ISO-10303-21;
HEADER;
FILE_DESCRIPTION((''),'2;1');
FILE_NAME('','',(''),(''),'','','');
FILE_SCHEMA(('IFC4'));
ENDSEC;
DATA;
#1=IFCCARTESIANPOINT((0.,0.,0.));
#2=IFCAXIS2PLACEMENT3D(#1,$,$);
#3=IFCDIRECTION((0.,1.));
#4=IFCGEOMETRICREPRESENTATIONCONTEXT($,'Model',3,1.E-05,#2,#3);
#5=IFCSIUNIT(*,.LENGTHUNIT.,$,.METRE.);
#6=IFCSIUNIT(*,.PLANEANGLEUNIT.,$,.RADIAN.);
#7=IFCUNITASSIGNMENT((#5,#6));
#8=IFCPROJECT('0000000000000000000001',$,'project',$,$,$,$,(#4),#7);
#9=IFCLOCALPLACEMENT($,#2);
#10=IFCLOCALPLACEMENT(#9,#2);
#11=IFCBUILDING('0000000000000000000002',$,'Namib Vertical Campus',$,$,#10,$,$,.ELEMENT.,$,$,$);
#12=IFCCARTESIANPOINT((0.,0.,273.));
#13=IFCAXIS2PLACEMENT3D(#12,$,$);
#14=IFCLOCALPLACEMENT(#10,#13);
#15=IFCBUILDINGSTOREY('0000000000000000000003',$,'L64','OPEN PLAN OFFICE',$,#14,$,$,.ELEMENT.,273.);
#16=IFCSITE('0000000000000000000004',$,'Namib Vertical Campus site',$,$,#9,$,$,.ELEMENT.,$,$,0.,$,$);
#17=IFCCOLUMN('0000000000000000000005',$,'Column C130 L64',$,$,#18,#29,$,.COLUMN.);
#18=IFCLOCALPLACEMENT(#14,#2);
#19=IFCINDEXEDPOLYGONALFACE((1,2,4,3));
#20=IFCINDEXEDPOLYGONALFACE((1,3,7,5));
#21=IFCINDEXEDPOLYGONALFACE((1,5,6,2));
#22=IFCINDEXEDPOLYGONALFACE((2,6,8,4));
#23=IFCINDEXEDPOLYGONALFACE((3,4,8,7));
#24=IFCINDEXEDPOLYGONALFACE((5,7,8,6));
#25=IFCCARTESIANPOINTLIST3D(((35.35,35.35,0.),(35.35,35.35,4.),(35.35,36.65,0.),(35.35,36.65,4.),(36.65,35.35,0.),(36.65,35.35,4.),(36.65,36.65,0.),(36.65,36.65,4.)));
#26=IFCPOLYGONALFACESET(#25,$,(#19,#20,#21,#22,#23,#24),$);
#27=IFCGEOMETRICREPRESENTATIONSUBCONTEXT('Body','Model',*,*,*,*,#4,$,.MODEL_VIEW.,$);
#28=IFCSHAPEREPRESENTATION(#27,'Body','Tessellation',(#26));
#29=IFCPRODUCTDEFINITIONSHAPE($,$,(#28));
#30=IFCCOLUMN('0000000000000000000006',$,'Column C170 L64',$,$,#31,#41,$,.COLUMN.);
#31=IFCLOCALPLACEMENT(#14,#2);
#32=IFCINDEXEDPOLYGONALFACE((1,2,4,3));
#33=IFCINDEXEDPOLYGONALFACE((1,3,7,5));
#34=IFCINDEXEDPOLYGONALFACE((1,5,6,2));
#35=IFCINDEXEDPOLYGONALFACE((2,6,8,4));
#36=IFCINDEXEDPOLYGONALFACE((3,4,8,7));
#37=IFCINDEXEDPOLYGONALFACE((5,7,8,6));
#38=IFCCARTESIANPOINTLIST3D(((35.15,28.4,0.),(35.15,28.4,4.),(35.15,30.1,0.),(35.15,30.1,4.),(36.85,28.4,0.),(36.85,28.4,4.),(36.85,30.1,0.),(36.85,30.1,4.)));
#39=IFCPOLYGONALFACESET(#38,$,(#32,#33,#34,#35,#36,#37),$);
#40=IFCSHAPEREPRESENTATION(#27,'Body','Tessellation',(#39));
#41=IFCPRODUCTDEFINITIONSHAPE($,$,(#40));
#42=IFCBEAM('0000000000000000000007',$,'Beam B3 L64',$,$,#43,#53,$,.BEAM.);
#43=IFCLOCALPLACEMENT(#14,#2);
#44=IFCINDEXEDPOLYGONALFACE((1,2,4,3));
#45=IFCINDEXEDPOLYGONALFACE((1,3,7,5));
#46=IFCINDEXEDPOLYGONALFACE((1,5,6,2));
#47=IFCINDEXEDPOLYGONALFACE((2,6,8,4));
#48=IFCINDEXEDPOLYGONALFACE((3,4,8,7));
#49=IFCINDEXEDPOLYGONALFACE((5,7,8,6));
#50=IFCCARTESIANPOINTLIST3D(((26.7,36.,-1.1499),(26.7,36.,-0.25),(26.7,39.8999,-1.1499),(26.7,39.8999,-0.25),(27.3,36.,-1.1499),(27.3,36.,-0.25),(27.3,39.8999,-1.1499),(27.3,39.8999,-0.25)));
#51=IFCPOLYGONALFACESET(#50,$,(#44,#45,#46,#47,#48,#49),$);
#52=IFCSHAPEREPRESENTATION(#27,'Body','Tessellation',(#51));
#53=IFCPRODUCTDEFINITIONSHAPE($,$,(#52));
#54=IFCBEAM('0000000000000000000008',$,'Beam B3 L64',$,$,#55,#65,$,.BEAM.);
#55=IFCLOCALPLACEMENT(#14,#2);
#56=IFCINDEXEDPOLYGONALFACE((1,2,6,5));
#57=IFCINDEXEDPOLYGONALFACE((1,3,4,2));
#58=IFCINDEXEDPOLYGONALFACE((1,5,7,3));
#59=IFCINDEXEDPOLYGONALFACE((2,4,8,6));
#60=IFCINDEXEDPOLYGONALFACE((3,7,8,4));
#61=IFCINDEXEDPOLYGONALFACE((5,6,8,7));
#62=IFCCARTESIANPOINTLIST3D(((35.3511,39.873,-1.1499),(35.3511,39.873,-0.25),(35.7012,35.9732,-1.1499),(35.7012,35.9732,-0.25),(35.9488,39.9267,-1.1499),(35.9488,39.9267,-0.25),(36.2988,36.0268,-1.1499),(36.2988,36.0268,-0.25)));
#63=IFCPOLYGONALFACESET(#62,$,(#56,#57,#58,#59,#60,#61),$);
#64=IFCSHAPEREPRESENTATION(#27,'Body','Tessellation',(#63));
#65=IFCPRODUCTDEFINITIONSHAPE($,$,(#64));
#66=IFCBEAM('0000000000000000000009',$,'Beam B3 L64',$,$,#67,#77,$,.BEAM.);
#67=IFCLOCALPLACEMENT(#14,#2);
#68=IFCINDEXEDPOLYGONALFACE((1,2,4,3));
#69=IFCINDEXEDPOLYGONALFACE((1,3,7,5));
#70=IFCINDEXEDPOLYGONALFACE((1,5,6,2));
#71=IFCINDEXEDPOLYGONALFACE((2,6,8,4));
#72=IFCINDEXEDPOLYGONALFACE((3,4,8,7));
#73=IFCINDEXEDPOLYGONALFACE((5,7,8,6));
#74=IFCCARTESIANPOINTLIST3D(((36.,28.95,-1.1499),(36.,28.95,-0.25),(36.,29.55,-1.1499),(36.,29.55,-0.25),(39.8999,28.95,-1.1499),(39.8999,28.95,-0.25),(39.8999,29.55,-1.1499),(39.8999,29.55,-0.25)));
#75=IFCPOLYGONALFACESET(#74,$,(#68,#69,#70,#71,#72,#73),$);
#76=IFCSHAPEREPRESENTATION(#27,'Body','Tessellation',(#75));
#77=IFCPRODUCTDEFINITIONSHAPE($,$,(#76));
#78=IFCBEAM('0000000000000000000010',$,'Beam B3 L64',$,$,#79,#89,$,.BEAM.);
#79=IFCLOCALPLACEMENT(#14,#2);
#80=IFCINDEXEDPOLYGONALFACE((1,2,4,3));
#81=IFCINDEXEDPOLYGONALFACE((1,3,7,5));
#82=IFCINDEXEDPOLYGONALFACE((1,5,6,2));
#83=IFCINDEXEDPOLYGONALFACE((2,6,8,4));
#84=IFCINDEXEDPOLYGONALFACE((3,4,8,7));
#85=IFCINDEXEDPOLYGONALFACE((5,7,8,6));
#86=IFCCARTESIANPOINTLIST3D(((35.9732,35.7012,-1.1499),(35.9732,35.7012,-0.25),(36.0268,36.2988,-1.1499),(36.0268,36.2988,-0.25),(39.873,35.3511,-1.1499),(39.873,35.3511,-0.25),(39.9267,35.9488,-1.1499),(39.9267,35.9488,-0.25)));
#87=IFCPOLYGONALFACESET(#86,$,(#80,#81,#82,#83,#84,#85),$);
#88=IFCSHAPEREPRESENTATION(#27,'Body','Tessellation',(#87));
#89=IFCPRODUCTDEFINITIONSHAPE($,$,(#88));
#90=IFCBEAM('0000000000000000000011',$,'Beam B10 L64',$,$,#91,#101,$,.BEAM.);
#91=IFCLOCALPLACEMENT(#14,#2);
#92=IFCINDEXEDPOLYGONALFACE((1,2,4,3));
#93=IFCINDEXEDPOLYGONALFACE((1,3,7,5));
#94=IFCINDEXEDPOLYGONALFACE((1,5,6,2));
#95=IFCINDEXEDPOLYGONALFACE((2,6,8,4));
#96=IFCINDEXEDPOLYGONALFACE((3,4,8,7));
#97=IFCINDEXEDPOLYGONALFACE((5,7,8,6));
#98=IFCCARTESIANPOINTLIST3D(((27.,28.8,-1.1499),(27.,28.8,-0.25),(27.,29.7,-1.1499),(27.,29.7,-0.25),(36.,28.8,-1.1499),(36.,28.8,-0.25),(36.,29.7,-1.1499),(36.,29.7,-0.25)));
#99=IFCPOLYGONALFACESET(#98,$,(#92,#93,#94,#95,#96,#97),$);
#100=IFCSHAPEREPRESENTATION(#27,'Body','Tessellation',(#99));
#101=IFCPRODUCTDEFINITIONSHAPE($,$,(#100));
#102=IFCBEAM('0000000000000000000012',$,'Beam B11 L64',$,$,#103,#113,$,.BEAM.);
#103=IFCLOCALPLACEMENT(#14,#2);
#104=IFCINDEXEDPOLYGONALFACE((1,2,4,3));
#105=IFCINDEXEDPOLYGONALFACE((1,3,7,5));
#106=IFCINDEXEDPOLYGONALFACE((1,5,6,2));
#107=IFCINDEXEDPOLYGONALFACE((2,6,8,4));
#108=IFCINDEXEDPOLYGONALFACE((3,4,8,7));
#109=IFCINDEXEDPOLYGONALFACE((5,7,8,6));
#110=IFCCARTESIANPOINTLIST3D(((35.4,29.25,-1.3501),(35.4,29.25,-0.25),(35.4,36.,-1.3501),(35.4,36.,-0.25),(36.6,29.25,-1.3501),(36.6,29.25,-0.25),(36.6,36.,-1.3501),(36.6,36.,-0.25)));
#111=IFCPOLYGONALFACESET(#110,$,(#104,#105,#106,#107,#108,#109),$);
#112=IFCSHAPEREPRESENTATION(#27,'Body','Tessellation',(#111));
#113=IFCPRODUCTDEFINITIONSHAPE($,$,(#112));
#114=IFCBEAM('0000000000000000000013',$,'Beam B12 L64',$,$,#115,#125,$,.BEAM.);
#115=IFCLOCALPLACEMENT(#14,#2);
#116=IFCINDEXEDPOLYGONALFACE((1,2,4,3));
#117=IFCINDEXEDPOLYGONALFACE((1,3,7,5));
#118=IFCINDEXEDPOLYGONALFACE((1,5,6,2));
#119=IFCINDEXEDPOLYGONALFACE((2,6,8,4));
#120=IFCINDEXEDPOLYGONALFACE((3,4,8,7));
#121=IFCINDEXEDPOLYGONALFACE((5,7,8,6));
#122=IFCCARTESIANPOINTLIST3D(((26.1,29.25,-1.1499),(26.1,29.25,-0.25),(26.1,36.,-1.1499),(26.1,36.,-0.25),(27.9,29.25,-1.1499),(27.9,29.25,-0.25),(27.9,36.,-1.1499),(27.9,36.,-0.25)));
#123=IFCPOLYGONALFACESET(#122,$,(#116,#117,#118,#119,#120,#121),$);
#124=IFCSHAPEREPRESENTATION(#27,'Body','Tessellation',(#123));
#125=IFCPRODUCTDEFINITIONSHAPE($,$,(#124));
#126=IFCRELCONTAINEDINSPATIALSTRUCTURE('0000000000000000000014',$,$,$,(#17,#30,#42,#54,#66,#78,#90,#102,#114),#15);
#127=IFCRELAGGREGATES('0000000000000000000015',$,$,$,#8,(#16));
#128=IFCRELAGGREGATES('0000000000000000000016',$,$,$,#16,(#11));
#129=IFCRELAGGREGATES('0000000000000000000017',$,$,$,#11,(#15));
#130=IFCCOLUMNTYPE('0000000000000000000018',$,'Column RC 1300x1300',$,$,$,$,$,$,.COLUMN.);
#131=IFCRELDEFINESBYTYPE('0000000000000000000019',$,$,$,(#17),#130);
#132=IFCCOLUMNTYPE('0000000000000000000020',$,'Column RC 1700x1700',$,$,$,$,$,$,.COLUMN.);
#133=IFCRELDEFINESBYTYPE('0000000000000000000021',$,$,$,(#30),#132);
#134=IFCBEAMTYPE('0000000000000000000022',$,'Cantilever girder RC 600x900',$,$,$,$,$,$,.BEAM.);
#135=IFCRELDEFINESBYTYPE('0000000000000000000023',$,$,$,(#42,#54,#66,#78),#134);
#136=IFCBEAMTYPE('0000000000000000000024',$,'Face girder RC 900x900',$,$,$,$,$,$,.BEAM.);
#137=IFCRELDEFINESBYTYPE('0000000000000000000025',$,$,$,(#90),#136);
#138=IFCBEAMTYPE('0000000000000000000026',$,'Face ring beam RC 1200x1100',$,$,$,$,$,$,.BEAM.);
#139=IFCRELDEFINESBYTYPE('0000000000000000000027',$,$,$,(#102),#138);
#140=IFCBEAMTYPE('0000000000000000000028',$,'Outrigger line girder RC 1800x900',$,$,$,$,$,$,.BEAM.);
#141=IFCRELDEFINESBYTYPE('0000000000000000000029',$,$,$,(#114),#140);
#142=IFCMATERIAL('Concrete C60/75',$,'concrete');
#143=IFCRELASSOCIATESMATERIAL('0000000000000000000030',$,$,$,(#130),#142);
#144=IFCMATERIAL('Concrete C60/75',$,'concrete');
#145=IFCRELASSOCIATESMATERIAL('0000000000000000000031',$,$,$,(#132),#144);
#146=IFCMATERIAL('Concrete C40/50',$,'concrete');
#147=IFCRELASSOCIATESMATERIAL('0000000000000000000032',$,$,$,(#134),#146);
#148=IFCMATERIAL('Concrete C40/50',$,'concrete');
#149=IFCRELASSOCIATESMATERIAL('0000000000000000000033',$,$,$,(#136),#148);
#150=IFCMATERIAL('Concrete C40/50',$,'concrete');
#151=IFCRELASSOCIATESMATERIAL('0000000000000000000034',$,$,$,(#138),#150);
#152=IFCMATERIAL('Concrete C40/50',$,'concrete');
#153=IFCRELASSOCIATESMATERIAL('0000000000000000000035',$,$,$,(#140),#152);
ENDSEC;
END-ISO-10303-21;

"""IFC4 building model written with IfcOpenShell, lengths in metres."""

from ifc_helpers import new_model, si_unit, direction, frame, origin, origin_2d, place, context, subcontext, project, spatial, rectangle, extrude, material, material_profile, profile_set, type_object, element, save


model = new_model("IFC4")

# Units and contexts
model_context = context("Model", 3, precision=1e-05, world=origin(), true_north=direction((0.0, 1.0)))
body_context = subcontext(model_context, "Body", "Model", "MODEL_VIEW")
ifc_project = project(units=[si_unit("LENGTHUNIT", "METRE"), si_unit("PLANEANGLEUNIT", "RADIAN")], contexts=[model_context])

# Site, building, storey
site_placement = place(None, origin())
site = spatial("IfcSite", under=ifc_project, at=site_placement, Name="Namib Vertical Campus site", CompositionType="ELEMENT", RefElevation=0.0)
building_placement = place(site_placement, origin())
building = spatial("IfcBuilding", under=site, at=building_placement, Name="Namib Vertical Campus", CompositionType="ELEMENT")
storey_placement = place(building_placement, frame((0.0, 0.0, 273.0)))
storey = spatial("IfcBuildingStorey", under=building, at=storey_placement, Name="L64", Description="OPEN PLAN OFFICE", CompositionType="ELEMENT", Elevation=273.0)

# Columns
ifc_material_1 = material(Name="Concrete C60/75", Category="concrete")
ifc_material_profile_1 = material_profile(ifc_material_1, rectangle(XDim=1.3, YDim=1.3, at=origin_2d()))
ifc_profile_set_1 = profile_set([ifc_material_profile_1], Name="Concrete C60/75")
column_type_1 = type_object("IfcColumnType", Name="Column RC 1300x1300", PredefinedType="COLUMN", material=ifc_profile_set_1)
column_1_placement = place(storey_placement, frame((36.0, 36.0, 0.0), z_axis=(0.0, 0.0, 1.0), x_axis=(1.0, 0.0, 0.0)))
element("IfcColumn", 1, at=column_1_placement, inside=storey, type_object=column_type_1, Name="Column C130 L64", PredefinedType="COLUMN", context=body_context, shape_type="SweptSolid", body=[
    extrude(rectangle(XDim=1.3, YDim=1.3, at=origin_2d()), origin(), (0.0, 0.0, 1.0), 4.0),
])
ifc_material_2 = material(Name="Concrete C60/75", Category="concrete")
ifc_material_profile_2 = material_profile(ifc_material_2, rectangle(XDim=1.7, YDim=1.7, at=origin_2d()))
ifc_profile_set_2 = profile_set([ifc_material_profile_2], Name="Concrete C60/75")
column_type_2 = type_object("IfcColumnType", Name="Column RC 1700x1700", PredefinedType="COLUMN", material=ifc_profile_set_2)
column_2_placement = place(storey_placement, frame((36.0, 29.25, 0.0), z_axis=(0.0, 0.0, 1.0), x_axis=(1.0, 0.0, 0.0)))
element("IfcColumn", 2, at=column_2_placement, inside=storey, type_object=column_type_2, Name="Column C170 L64", PredefinedType="COLUMN", context=body_context, shape_type="SweptSolid", body=[
    extrude(rectangle(XDim=1.7, YDim=1.7, at=origin_2d()), origin(), (0.0, 0.0, 1.0), 4.0),
])

# Beams
ifc_material_3 = material(Name="Concrete C40/50", Category="concrete")
ifc_material_profile_3 = material_profile(ifc_material_3, rectangle(XDim=0.6001, YDim=0.8999, at=origin_2d()))
ifc_profile_set_3 = profile_set([ifc_material_profile_3], Name="Concrete C40/50")
beam_type_1 = type_object("IfcBeamType", Name="Cantilever girder RC 600x900", PredefinedType="BEAM", material=ifc_profile_set_3)
beam_1_placement = place(storey_placement, frame((27.0, 36.0, -0.7), z_axis=(0.0, 1.0, 0.0), x_axis=(-1.0, 0.0, 0.0)))
element("IfcBeam", 3, at=beam_1_placement, inside=storey, type_object=beam_type_1, Name="Beam B3 L64", PredefinedType="BEAM", context=body_context, shape_type="SweptSolid", body=[
    extrude(rectangle(XDim=0.6001, YDim=0.8999, at=origin_2d()), origin(), (0.0, 0.0, 1.0), 3.8999),
])
beam_2_placement = place(storey_placement, frame((36.0, 36.0, -0.7), z_axis=(-0.089411, 0.995995, 0.0), x_axis=(-0.995995, -0.089411, 0.0)))
element("IfcBeam", 4, at=beam_2_placement, inside=storey, type_object=beam_type_1, Name="Beam B3 L64", PredefinedType="BEAM", context=body_context, shape_type="SweptSolid", body=[
    extrude(rectangle(XDim=0.6001, YDim=0.8999, at=origin_2d()), origin(), (0.0, 0.0, 1.0), 3.9155),
])
beam_3_placement = place(storey_placement, frame((36.0, 29.25, -0.7), z_axis=(1.0, 0.0, 0.0), x_axis=(0.0, 1.0, 0.0)))
element("IfcBeam", 5, at=beam_3_placement, inside=storey, type_object=beam_type_1, Name="Beam B3 L64", PredefinedType="BEAM", context=body_context, shape_type="SweptSolid", body=[
    extrude(rectangle(XDim=0.6001, YDim=0.8999, at=origin_2d()), origin(), (0.0, 0.0, 1.0), 3.8999),
])
beam_4_placement = place(storey_placement, frame((36.0, 36.0, -0.7), z_axis=(0.995995, -0.089411, 0.0), x_axis=(0.089411, 0.995995, 0.0)))
element("IfcBeam", 6, at=beam_4_placement, inside=storey, type_object=beam_type_1, Name="Beam B3 L64", PredefinedType="BEAM", context=body_context, shape_type="SweptSolid", body=[
    extrude(rectangle(XDim=0.6001, YDim=0.8999, at=origin_2d()), origin(), (0.0, 0.0, 1.0), 3.9155),
])
ifc_material_4 = material(Name="Concrete C40/50", Category="concrete")
ifc_material_profile_4 = material_profile(ifc_material_4, rectangle(XDim=0.8999, YDim=0.8999, at=origin_2d()))
ifc_profile_set_4 = profile_set([ifc_material_profile_4], Name="Concrete C40/50")
beam_type_2 = type_object("IfcBeamType", Name="Face girder RC 900x900", PredefinedType="BEAM", material=ifc_profile_set_4)
beam_5_placement = place(storey_placement, frame((36.0, 29.25, -0.7), z_axis=(-1.0, 0.0, 0.0), x_axis=(0.0, -1.0, 0.0)))
element("IfcBeam", 7, at=beam_5_placement, inside=storey, type_object=beam_type_2, Name="Beam B10 L64", PredefinedType="BEAM", context=body_context, shape_type="SweptSolid", body=[
    extrude(rectangle(XDim=0.8999, YDim=0.8999, at=origin_2d()), origin(), (0.0, 0.0, 1.0), 9.0),
])
ifc_material_5 = material(Name="Concrete C40/50", Category="concrete")
ifc_material_profile_5 = material_profile(ifc_material_5, rectangle(XDim=1.2, YDim=1.1001, at=origin_2d()))
ifc_profile_set_5 = profile_set([ifc_material_profile_5], Name="Concrete C40/50")
beam_type_3 = type_object("IfcBeamType", Name="Face ring beam RC 1200x1100", PredefinedType="BEAM", material=ifc_profile_set_5)
beam_6_placement = place(storey_placement, frame((36.0, 29.25, -0.8), z_axis=(0.0, 1.0, 0.0), x_axis=(-1.0, 0.0, 0.0)))
element("IfcBeam", 8, at=beam_6_placement, inside=storey, type_object=beam_type_3, Name="Beam B11 L64", PredefinedType="BEAM", context=body_context, shape_type="SweptSolid", body=[
    extrude(rectangle(XDim=1.2, YDim=1.1001, at=origin_2d()), origin(), (0.0, 0.0, 1.0), 6.75),
])
ifc_material_6 = material(Name="Concrete C40/50", Category="concrete")
ifc_material_profile_6 = material_profile(ifc_material_6, rectangle(XDim=1.8, YDim=0.8999, at=origin_2d()))
ifc_profile_set_6 = profile_set([ifc_material_profile_6], Name="Concrete C40/50")
beam_type_4 = type_object("IfcBeamType", Name="Outrigger line girder RC 1800x900", PredefinedType="BEAM", material=ifc_profile_set_6)
beam_7_placement = place(storey_placement, frame((27.0, 36.0, -0.7), z_axis=(0.0, -1.0, 0.0), x_axis=(1.0, 0.0, 0.0)))
element("IfcBeam", 9, at=beam_7_placement, inside=storey, type_object=beam_type_4, Name="Beam B12 L64", PredefinedType="BEAM", context=body_context, shape_type="SweptSolid", body=[
    extrude(rectangle(XDim=1.8, YDim=0.8999, at=origin_2d()), origin(), (0.0, 0.0, 1.0), 6.75),
])

save(model, "model.ifc")
